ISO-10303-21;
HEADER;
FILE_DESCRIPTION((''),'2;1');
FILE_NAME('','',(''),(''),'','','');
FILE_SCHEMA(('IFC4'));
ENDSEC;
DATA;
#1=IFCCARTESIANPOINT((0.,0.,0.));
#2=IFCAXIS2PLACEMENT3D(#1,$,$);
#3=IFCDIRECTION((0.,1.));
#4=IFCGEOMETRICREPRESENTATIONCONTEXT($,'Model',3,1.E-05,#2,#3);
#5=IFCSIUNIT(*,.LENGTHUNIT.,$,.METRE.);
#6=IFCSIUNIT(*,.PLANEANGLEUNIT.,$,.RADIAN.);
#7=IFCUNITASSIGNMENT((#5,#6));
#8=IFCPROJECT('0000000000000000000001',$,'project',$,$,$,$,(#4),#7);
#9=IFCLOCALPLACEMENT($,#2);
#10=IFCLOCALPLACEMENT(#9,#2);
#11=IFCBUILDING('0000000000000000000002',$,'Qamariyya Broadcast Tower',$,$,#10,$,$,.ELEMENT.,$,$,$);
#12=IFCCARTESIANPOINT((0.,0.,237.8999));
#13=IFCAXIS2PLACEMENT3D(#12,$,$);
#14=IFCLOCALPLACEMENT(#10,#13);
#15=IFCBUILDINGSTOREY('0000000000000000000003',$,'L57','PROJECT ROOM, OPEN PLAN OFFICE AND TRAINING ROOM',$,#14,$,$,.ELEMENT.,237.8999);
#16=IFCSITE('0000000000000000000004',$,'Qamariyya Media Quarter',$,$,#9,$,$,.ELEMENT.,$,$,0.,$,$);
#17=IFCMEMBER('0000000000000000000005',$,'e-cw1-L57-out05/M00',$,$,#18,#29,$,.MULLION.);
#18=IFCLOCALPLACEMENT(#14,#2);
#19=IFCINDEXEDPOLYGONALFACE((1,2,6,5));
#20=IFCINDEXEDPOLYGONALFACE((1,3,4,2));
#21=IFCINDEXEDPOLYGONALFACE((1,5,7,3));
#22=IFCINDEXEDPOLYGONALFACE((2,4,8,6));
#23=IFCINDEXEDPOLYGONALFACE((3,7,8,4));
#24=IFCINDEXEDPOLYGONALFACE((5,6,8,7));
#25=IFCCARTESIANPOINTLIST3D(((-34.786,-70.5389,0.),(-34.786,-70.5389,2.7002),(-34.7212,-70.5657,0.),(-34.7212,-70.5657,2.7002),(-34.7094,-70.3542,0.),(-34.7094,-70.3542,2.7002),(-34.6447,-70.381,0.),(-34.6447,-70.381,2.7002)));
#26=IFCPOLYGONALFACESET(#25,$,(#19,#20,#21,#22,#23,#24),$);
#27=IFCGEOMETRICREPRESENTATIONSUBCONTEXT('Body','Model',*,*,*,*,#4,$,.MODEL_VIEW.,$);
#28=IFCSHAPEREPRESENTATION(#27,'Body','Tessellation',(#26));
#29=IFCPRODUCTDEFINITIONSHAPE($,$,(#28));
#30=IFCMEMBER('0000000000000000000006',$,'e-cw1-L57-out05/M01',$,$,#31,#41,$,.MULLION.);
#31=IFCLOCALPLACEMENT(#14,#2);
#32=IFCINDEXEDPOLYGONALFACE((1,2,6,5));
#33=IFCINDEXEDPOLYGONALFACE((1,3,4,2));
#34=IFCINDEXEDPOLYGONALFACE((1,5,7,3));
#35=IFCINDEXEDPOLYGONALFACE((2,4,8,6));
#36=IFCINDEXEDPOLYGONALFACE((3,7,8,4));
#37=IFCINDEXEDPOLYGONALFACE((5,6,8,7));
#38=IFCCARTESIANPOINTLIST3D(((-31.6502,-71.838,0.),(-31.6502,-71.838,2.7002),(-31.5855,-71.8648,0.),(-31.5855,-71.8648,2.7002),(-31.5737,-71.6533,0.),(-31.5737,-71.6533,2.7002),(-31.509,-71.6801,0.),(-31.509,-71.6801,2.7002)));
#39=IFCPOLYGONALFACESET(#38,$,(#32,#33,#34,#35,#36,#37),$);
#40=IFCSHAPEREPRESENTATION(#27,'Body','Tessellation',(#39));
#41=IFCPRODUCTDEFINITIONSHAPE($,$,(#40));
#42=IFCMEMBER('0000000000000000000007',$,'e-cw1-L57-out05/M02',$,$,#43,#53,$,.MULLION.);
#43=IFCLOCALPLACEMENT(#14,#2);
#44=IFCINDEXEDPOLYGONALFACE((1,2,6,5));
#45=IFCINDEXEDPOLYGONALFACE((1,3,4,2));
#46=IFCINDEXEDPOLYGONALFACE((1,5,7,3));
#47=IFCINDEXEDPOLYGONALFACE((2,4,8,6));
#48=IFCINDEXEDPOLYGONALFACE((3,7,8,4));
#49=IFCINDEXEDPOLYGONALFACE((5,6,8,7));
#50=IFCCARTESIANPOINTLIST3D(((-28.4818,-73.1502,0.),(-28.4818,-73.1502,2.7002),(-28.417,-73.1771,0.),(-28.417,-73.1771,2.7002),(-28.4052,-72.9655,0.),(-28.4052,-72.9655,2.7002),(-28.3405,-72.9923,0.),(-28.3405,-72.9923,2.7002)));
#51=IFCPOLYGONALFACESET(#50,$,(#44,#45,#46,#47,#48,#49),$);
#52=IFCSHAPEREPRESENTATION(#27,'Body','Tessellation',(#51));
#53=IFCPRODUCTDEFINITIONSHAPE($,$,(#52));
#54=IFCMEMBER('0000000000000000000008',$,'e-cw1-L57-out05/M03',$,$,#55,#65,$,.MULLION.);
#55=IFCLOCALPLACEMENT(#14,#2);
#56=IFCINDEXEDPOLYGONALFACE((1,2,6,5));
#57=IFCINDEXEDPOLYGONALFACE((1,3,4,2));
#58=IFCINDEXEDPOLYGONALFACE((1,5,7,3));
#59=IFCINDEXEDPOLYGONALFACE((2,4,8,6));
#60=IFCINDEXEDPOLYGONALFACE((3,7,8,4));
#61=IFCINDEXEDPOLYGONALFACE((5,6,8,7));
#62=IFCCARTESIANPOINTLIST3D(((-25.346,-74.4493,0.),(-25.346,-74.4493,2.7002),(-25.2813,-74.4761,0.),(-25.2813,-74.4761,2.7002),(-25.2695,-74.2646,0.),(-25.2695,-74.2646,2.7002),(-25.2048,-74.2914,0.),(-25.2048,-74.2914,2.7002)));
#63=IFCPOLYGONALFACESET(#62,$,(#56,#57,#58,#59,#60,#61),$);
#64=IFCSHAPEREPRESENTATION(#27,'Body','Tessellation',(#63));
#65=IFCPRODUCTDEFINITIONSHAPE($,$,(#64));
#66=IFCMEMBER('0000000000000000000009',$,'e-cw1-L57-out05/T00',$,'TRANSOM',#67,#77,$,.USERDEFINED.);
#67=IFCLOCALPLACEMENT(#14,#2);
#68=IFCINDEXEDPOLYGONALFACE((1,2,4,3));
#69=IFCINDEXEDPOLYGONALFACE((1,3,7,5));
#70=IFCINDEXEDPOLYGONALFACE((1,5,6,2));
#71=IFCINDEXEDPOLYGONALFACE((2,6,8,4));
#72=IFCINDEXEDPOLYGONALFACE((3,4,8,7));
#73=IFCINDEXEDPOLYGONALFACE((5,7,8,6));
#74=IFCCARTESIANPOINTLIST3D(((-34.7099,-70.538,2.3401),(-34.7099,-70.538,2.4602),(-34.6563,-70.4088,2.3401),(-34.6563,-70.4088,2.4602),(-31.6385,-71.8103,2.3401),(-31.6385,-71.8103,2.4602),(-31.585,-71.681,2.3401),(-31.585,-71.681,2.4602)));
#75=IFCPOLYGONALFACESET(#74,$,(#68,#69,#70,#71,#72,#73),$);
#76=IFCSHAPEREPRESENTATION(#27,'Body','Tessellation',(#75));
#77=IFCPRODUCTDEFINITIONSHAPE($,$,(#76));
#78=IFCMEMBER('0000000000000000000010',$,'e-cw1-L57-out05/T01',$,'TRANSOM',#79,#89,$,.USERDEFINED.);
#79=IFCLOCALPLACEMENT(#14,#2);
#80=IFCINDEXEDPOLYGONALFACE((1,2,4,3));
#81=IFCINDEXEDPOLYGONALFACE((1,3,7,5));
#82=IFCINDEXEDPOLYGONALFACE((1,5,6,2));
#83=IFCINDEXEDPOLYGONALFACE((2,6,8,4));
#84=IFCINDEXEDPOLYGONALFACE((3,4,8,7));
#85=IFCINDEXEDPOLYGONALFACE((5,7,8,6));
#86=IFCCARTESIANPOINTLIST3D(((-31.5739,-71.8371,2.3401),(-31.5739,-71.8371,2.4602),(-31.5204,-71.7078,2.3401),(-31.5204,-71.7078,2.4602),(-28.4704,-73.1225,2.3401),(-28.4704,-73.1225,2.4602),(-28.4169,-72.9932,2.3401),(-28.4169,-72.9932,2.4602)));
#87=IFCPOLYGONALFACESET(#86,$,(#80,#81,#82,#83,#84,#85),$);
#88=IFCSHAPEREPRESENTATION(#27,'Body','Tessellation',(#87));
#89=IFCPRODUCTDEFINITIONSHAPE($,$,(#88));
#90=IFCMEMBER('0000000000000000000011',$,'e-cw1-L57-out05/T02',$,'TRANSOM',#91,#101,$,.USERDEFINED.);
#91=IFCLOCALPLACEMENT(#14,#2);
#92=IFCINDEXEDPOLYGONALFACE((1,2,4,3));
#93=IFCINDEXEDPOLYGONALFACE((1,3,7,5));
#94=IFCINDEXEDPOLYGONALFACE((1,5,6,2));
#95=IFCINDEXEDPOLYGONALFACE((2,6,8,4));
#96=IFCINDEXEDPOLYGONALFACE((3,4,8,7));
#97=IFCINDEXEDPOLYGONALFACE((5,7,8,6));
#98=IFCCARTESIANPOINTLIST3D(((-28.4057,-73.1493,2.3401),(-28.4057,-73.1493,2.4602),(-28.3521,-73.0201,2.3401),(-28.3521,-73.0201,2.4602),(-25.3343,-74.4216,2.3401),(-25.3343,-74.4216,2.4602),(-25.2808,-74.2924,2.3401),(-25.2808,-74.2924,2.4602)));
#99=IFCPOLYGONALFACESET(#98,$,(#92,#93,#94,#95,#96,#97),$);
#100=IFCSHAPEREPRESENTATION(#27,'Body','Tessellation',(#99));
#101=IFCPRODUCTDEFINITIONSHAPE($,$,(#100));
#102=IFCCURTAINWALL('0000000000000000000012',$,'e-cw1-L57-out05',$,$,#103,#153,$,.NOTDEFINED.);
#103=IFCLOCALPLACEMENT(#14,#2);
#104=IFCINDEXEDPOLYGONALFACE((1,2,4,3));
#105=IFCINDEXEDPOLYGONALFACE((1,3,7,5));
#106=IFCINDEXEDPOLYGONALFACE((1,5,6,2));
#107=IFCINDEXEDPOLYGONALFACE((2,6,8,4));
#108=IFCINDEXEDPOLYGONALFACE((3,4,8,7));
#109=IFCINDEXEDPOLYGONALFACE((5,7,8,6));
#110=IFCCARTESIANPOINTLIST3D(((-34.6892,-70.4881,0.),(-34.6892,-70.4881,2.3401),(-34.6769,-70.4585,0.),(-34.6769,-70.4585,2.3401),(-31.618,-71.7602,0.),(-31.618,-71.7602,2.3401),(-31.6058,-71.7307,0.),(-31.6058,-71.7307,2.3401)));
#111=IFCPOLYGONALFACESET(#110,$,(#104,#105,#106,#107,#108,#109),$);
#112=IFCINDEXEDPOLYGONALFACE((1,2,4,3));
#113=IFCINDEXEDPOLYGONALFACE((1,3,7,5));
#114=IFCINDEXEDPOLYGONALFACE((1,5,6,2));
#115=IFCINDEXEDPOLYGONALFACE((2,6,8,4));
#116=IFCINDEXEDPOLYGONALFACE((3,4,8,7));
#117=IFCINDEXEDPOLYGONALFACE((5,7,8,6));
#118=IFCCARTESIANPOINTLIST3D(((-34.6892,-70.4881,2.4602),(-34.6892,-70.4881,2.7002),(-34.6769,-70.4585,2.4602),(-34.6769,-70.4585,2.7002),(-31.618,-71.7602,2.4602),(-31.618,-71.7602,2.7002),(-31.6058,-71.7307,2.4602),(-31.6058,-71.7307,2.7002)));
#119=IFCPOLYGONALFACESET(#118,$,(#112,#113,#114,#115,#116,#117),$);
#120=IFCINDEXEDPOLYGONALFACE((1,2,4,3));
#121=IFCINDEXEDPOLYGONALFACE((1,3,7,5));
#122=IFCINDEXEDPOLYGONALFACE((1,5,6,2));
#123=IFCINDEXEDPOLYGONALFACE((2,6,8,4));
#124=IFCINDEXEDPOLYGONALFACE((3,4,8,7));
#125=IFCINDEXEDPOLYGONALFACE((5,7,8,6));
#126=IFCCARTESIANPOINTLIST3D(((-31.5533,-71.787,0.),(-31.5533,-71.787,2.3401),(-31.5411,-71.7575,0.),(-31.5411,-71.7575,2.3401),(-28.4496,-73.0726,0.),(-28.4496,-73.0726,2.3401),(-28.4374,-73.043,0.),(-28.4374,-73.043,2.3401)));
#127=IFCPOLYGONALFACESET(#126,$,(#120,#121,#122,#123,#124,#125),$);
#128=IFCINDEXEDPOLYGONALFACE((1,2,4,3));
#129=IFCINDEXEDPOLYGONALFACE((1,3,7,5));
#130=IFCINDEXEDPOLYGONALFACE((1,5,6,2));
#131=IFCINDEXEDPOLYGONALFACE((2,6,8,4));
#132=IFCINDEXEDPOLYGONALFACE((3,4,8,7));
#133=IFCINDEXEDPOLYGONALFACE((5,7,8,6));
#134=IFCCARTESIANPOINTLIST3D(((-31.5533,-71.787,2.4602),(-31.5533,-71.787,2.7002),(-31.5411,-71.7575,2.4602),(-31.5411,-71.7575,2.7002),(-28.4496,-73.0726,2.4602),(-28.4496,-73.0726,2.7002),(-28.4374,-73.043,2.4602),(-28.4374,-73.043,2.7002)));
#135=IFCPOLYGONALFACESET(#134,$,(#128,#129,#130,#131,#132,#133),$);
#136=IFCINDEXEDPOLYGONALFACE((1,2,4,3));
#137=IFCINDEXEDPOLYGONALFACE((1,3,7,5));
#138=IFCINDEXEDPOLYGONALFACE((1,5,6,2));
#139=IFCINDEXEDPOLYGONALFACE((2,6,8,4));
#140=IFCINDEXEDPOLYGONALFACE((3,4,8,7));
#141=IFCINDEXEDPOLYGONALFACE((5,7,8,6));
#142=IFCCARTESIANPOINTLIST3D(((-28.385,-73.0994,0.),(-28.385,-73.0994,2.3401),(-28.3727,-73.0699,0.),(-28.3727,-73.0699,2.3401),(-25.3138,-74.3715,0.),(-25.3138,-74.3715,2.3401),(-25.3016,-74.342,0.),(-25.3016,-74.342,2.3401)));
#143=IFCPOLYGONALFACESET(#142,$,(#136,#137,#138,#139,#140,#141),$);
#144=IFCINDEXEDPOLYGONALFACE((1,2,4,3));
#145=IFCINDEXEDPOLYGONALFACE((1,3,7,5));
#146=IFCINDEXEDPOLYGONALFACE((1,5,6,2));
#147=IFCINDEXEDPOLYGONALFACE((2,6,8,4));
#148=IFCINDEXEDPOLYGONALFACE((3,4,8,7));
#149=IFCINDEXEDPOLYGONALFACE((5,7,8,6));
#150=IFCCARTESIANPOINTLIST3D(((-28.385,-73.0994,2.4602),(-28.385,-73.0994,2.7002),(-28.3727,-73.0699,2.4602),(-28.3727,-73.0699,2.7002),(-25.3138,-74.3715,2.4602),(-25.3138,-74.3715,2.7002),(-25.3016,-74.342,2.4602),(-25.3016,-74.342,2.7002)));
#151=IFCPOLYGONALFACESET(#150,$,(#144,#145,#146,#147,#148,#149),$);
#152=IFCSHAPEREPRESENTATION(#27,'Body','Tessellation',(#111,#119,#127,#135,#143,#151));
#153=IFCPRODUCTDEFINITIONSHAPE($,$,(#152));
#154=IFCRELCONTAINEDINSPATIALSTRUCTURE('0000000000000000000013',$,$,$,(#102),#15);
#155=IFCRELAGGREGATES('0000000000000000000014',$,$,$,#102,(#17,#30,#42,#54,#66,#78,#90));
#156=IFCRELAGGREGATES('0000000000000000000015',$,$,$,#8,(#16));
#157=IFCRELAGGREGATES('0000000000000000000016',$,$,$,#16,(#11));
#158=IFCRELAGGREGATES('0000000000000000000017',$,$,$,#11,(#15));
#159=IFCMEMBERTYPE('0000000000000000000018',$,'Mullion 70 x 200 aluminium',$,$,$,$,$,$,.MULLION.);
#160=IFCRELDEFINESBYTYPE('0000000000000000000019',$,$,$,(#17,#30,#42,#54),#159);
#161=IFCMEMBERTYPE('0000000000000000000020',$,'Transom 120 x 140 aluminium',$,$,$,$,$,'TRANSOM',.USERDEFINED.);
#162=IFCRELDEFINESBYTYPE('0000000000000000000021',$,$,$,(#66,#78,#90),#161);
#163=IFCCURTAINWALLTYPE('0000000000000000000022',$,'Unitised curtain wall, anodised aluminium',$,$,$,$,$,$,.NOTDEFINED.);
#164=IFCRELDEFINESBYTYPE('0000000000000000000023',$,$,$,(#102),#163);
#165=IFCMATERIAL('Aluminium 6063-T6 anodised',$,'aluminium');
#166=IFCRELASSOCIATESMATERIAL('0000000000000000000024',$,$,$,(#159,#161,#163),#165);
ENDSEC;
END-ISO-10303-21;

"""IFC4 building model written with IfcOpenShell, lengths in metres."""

from ifc_helpers import new_model, si_unit, direction, frame, origin, origin_2d, place, context, subcontext, project, spatial, rectangle, extrude, material, material_profile, profile_set, type_object, element, aggregate, save


model = new_model("IFC4")

# Units and contexts
model_context = context("Model", 3, precision=1e-05, world=origin(), true_north=direction((0.0, 1.0)))
body_context = subcontext(model_context, "Body", "Model", "MODEL_VIEW")
ifc_project = project(units=[si_unit("LENGTHUNIT", "METRE"), si_unit("PLANEANGLEUNIT", "RADIAN")], contexts=[model_context])

# Members
ifc_material = material(Name="Aluminium 6063-T6 anodised", Category="aluminium")
ifc_material_profile_1 = material_profile(ifc_material, rectangle(XDim=0.2, YDim=0.0701, at=origin_2d()))
ifc_profile_set_1 = profile_set([ifc_material_profile_1], Name="Aluminium 6063-T6 anodised")
member_type_1 = type_object("IfcMemberType", Name="Mullion 70 x 200 aluminium", PredefinedType="MULLION", material=ifc_profile_set_1)
site_placement = place(None, origin())
building_placement = place(site_placement, origin())
storey_placement = place(building_placement, frame((0.0, 0.0, 237.8999)))
member_1_placement = place(storey_placement, frame((-34.7153, -70.46, 0.0), z_axis=(0.0, 0.0, 1.0), x_axis=(0.382683, 0.92388, 0.0)))
member_1 = element("IfcMember", 1, at=member_1_placement, type_object=member_type_1, Name="e-cw1-L57-out05/M00", PredefinedType="MULLION", context=body_context, shape_type="SweptSolid", body=[
    extrude(rectangle(XDim=0.2, YDim=0.0701, at=origin_2d()), origin(), (0.0, 0.0, 1.0), 2.7002),
])
member_2_placement = place(storey_placement, frame((-31.5796, -71.759, 0.0), z_axis=(0.0, 0.0, 1.0), x_axis=(0.382683, 0.92388, 0.0)))
member_2 = element("IfcMember", 2, at=member_2_placement, type_object=member_type_1, Name="e-cw1-L57-out05/M01", PredefinedType="MULLION", context=body_context, shape_type="SweptSolid", body=[
    extrude(rectangle(XDim=0.2, YDim=0.0701, at=origin_2d()), origin(), (0.0, 0.0, 1.0), 2.7002),
])
member_3_placement = place(storey_placement, frame((-28.4111, -73.0713, 0.0), z_axis=(0.0, 0.0, 1.0), x_axis=(0.382683, 0.92388, 0.0)))
member_3 = element("IfcMember", 3, at=member_3_placement, type_object=member_type_1, Name="e-cw1-L57-out05/M02", PredefinedType="MULLION", context=body_context, shape_type="SweptSolid", body=[
    extrude(rectangle(XDim=0.2, YDim=0.0701, at=origin_2d()), origin(), (0.0, 0.0, 1.0), 2.7002),
])
member_4_placement = place(storey_placement, frame((-25.2754, -74.3704, 0.0), z_axis=(0.0, 0.0, 1.0), x_axis=(0.382683, 0.92388, 0.0)))
member_4 = element("IfcMember", 4, at=member_4_placement, type_object=member_type_1, Name="e-cw1-L57-out05/M03", PredefinedType="MULLION", context=body_context, shape_type="SweptSolid", body=[
    extrude(rectangle(XDim=0.2, YDim=0.0701, at=origin_2d()), origin(), (0.0, 0.0, 1.0), 2.7002),
])
ifc_material_profile_2 = material_profile(ifc_material, rectangle(XDim=0.1399, YDim=0.1201, at=origin_2d()))
ifc_profile_set_2 = profile_set([ifc_material_profile_2], Name="Aluminium 6063-T6 anodised")
member_type_2 = type_object("IfcMemberType", Name="Transom 120 x 140 aluminium", ElementType="TRANSOM", PredefinedType="USERDEFINED", material=ifc_profile_set_2)
member_5_placement = place(storey_placement, frame((-34.6831, -70.4734, 2.4001), z_axis=(0.923875, -0.382696, 0.0), x_axis=(0.382696, 0.923875, 0.0)))
member_5 = element("IfcMember", 5, at=member_5_placement, type_object=member_type_2, Name="e-cw1-L57-out05/T00", ObjectType="TRANSOM", PredefinedType="USERDEFINED", context=body_context, shape_type="SweptSolid", body=[
    extrude(rectangle(XDim=0.1399, YDim=0.1201, at=origin_2d()), origin(), (0.0, 0.0, 1.0), 3.3245),
])
member_6_placement = place(storey_placement, frame((-31.5471, -71.7725, 2.4001), z_axis=(0.923892, -0.382653, 0.0), x_axis=(0.382653, 0.923892, 0.0)))
member_6 = element("IfcMember", 6, at=member_6_placement, type_object=member_type_2, Name="e-cw1-L57-out05/T01", ObjectType="TRANSOM", PredefinedType="USERDEFINED", context=body_context, shape_type="SweptSolid", body=[
    extrude(rectangle(XDim=0.1399, YDim=0.1201, at=origin_2d()), origin(), (0.0, 0.0, 1.0), 3.3591),
])
member_7_placement = place(storey_placement, frame((-28.3789, -73.0847, 2.4001), z_axis=(0.923875, -0.382696, 0.0), x_axis=(0.382696, 0.923875, 0.0)))
member_7 = element("IfcMember", 7, at=member_7_placement, type_object=member_type_2, Name="e-cw1-L57-out05/T02", ObjectType="TRANSOM", PredefinedType="USERDEFINED", context=body_context, shape_type="SweptSolid", body=[
    extrude(rectangle(XDim=0.1399, YDim=0.1201, at=origin_2d()), origin(), (0.0, 0.0, 1.0), 3.3245),
])

# Site, building, storey
site = spatial("IfcSite", under=ifc_project, at=site_placement, Name="Qamariyya Media Quarter", CompositionType="ELEMENT", RefElevation=0.0)
building = spatial("IfcBuilding", under=site, at=building_placement, Name="Qamariyya Broadcast Tower", CompositionType="ELEMENT")
storey = spatial("IfcBuildingStorey", under=building, at=storey_placement, Name="L57", Description="PROJECT ROOM, OPEN PLAN OFFICE AND TRAINING ROOM", CompositionType="ELEMENT", Elevation=237.8999)

# Curtain wall
curtain_wall_type = type_object("IfcCurtainWallType", Name="Unitised curtain wall, anodised aluminium", PredefinedType="NOTDEFINED", material=ifc_material)
curtain_wall_1_placement = place(storey_placement, origin())
curtain_wall_1 = element("IfcCurtainWall", 8, at=curtain_wall_1_placement, inside=storey, type_object=curtain_wall_type, Name="e-cw1-L57-out05", PredefinedType="NOTDEFINED", context=body_context, shape_type="SweptSolid", body=[
    extrude(rectangle(XDim=3.3242, YDim=0.032, at=origin_2d()), frame((-33.1475, -71.1094, 0.0), x_axis=(0.923881, -0.38268, 0.0)), (0.0, 0.0, 1.0), 2.3401),
    extrude(rectangle(XDim=3.3242, YDim=0.032, at=origin_2d()), frame((-33.1475, -71.1094, 2.4602), x_axis=(0.923881, -0.38268, 0.0)), (0.0, 0.0, 1.0), 0.24),
    extrude(rectangle(XDim=3.3594, YDim=0.032, at=origin_2d()), frame((-29.9954, -72.415, 0.0), x_axis=(0.923881, -0.38268, 0.0)), (0.0, 0.0, 1.0), 2.3401),
    extrude(rectangle(XDim=3.3594, YDim=0.032, at=origin_2d()), frame((-29.9954, -72.415, 2.4602), x_axis=(0.923881, -0.38268, 0.0)), (0.0, 0.0, 1.0), 0.24),
    extrude(rectangle(XDim=3.3242, YDim=0.032, at=origin_2d()), frame((-26.8433, -73.7207, 0.0), x_axis=(0.923881, -0.38268, 0.0)), (0.0, 0.0, 1.0), 2.3401),
    extrude(rectangle(XDim=3.3242, YDim=0.032, at=origin_2d()), frame((-26.8433, -73.7207, 2.4602), x_axis=(0.923881, -0.38268, 0.0)), (0.0, 0.0, 1.0), 0.24),
])
aggregate(curtain_wall_1, [member_1, member_2, member_3, member_4, member_5, member_6, member_7])

save(model, "model.ifc")
